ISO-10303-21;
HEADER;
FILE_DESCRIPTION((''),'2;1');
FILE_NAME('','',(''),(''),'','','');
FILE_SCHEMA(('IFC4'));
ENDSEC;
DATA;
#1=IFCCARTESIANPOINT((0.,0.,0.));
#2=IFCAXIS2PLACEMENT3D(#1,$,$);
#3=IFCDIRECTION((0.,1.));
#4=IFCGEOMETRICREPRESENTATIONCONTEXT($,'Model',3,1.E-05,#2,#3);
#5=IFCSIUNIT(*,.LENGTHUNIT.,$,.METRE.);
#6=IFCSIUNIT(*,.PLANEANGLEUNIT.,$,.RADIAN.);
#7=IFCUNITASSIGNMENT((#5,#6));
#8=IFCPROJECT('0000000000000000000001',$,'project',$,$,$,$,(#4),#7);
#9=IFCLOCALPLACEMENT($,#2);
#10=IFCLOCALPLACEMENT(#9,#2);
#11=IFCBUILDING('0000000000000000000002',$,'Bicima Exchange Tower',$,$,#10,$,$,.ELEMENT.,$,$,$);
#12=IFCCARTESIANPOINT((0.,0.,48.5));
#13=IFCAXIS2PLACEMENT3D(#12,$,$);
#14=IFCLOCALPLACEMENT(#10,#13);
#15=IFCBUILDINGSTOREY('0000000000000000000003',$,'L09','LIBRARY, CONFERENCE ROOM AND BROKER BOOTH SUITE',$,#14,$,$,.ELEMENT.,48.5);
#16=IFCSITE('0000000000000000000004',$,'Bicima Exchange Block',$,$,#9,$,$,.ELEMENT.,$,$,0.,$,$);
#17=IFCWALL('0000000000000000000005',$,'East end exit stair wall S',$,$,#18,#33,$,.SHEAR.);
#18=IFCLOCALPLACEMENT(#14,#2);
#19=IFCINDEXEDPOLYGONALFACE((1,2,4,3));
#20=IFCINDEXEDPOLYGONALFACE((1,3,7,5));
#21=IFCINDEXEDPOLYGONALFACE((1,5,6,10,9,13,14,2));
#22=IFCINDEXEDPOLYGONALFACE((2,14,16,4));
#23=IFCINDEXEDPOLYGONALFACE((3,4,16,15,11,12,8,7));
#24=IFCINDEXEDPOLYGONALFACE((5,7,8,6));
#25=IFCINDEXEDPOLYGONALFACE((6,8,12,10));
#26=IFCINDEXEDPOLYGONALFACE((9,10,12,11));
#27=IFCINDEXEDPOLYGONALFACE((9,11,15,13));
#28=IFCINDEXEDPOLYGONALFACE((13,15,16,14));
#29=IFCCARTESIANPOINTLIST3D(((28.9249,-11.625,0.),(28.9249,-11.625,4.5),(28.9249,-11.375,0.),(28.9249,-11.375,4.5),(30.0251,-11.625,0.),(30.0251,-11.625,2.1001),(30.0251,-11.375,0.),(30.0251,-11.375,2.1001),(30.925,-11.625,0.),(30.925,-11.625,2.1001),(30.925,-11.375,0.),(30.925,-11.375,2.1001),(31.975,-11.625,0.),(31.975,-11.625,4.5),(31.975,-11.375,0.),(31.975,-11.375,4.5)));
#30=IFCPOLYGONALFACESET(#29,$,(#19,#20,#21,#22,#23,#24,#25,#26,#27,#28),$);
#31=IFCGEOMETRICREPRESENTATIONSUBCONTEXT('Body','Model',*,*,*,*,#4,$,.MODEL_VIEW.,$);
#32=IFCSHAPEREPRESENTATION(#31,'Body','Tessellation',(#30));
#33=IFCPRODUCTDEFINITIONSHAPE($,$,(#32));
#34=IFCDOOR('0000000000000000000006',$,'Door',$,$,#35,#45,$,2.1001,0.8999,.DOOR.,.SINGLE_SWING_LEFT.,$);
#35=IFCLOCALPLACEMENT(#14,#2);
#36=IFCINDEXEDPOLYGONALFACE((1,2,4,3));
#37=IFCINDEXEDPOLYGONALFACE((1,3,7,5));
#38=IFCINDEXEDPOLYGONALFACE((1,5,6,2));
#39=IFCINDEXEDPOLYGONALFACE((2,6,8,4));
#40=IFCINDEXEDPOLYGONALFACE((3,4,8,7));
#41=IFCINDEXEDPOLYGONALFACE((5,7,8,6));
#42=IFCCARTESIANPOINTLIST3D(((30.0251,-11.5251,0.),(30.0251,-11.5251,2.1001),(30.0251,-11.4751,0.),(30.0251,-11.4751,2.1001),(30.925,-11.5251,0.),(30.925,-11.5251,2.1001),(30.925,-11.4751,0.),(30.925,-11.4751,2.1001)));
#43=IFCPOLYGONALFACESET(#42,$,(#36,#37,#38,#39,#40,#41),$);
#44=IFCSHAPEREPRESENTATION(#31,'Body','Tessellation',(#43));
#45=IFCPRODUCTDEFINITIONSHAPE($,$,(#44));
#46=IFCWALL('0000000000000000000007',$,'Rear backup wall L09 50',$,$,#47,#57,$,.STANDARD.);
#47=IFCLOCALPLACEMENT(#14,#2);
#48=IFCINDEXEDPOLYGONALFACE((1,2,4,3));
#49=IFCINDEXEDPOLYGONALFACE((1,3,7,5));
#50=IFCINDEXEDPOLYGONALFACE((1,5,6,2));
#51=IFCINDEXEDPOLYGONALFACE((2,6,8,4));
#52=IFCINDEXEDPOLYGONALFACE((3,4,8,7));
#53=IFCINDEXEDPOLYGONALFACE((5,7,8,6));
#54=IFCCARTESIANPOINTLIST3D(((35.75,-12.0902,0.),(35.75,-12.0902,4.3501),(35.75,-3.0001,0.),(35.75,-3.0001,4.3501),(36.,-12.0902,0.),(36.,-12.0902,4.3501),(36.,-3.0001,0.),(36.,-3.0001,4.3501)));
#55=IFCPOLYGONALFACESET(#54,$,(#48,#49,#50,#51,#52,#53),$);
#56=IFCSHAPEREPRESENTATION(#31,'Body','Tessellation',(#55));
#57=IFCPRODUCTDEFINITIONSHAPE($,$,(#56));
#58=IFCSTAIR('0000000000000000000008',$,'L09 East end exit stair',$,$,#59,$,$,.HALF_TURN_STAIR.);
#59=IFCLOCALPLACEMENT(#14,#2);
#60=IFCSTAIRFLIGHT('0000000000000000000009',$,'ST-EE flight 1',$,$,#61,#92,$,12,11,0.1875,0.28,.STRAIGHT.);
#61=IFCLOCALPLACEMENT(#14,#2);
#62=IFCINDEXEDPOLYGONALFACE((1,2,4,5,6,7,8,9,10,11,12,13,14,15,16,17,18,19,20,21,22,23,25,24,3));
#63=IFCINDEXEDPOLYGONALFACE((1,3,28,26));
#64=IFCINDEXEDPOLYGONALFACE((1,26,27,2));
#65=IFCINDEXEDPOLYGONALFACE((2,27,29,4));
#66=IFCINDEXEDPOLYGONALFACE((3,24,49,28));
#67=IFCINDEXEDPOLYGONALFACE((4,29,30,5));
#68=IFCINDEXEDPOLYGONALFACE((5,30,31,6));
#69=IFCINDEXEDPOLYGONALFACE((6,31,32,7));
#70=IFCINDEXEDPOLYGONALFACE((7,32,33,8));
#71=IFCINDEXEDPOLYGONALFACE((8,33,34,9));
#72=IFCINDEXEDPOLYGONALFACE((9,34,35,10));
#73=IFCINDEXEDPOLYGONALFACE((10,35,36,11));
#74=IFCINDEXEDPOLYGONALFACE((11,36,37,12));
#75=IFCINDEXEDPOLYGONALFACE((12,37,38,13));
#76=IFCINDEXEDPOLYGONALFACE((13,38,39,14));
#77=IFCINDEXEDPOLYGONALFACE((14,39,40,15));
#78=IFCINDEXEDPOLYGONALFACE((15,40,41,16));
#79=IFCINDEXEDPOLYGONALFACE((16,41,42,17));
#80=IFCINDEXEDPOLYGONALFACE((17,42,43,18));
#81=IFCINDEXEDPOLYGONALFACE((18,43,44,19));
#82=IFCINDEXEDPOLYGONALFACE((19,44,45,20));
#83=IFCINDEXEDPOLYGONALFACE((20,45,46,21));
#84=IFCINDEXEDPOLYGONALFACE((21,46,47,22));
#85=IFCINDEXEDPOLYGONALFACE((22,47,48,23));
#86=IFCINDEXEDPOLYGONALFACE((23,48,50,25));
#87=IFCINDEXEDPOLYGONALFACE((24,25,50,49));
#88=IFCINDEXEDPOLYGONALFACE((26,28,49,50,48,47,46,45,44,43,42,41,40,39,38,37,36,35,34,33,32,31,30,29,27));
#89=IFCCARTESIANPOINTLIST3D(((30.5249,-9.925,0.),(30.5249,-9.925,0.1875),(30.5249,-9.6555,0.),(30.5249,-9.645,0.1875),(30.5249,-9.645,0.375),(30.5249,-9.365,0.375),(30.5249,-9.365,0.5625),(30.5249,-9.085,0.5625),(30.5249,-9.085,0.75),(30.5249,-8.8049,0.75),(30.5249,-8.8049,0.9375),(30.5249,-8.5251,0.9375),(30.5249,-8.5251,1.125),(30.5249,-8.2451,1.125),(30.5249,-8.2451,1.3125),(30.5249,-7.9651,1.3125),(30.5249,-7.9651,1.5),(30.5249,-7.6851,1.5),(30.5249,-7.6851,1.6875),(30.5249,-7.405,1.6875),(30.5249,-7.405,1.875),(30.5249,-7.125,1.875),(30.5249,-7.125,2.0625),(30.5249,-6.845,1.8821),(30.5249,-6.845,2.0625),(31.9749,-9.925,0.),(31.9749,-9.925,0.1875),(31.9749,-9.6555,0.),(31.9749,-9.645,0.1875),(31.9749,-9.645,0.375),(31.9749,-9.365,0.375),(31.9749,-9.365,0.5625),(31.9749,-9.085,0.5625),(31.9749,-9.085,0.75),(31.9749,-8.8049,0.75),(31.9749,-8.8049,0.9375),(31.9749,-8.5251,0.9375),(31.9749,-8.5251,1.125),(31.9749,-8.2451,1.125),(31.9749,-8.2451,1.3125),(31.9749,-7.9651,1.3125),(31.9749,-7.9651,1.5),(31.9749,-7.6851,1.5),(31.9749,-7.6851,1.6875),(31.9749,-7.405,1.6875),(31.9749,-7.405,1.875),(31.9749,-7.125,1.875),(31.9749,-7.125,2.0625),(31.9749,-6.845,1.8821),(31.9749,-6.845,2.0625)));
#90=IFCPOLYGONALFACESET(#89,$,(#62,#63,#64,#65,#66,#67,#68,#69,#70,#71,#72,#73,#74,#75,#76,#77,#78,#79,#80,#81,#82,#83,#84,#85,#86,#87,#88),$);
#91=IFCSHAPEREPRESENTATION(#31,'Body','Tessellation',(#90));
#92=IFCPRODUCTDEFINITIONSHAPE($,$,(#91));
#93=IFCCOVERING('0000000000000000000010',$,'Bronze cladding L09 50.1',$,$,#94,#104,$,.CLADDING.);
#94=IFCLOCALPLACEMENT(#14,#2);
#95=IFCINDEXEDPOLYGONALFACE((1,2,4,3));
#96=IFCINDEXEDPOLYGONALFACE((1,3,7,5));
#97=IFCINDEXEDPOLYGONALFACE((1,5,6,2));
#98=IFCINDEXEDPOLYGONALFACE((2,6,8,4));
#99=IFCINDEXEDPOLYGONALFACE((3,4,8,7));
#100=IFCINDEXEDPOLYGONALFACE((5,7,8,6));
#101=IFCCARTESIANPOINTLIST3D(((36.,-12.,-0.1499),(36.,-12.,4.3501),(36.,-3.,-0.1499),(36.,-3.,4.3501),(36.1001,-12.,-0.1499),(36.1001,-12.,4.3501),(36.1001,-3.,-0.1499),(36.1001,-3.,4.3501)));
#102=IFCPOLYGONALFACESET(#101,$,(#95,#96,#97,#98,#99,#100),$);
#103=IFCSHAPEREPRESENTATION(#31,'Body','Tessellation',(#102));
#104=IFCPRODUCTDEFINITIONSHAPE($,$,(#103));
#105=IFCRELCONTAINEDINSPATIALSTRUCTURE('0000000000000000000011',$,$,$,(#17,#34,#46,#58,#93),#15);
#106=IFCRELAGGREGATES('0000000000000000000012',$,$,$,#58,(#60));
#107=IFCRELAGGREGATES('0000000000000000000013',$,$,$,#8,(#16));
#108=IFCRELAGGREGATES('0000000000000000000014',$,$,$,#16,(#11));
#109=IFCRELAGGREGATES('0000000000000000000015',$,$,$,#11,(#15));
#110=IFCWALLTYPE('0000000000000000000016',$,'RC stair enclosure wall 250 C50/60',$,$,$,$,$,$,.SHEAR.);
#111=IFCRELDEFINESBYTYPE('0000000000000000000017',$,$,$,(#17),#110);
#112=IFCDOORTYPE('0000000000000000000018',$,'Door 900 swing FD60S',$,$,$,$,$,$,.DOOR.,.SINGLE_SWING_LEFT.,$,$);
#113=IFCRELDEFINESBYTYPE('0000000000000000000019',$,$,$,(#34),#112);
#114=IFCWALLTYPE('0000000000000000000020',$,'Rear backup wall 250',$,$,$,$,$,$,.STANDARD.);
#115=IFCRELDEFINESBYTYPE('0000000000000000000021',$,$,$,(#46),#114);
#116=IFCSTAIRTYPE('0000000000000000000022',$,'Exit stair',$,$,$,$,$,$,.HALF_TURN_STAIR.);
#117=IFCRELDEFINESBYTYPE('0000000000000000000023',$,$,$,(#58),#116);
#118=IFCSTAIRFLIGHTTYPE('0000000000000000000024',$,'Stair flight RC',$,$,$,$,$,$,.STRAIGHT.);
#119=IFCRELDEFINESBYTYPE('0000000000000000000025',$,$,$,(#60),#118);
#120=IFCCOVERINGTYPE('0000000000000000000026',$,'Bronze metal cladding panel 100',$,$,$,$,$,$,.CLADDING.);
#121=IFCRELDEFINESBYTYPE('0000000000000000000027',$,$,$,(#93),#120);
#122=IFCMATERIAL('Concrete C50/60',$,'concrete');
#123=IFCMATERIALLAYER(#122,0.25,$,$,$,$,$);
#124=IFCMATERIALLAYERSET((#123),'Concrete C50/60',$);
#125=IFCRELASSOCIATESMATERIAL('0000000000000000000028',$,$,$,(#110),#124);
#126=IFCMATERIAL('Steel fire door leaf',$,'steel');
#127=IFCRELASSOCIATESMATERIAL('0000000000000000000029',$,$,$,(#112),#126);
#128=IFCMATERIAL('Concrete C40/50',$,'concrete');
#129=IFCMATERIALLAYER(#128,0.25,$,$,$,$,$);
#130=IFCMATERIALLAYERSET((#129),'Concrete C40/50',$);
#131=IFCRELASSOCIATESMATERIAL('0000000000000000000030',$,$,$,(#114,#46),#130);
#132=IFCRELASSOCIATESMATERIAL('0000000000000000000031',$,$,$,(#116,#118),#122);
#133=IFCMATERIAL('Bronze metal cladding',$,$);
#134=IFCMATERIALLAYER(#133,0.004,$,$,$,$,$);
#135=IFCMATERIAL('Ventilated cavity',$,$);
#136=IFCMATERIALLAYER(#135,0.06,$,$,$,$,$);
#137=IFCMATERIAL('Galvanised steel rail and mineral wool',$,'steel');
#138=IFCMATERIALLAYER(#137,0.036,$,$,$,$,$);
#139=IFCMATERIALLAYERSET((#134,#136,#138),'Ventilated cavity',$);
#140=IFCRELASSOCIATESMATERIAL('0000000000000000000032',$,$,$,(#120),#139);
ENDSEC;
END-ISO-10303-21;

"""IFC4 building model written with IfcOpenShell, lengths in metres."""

from ifc_helpers import new_model, si_unit, direction, frame, frame_2d, origin, origin_2d, place, context, subcontext, project, spatial, polyline, rectangle, outline, extrude, material, layer, layer_set, layer_usage, type_object, element, fill, aggregate, save


model = new_model("IFC4")

# Units and contexts
model_context = context("Model", 3, precision=1e-05, world=origin(), true_north=direction((0.0, 1.0)))
body_context = subcontext(model_context, "Body", "Model", "MODEL_VIEW")
ifc_project = project(units=[si_unit("LENGTHUNIT", "METRE"), si_unit("PLANEANGLEUNIT", "RADIAN")], contexts=[model_context])

# Site, building, storey
site_placement = place(None, origin())
site = spatial("IfcSite", under=ifc_project, at=site_placement, Name="Bicima Exchange Block", CompositionType="ELEMENT", RefElevation=0.0)
building_placement = place(site_placement, origin())
building = spatial("IfcBuilding", under=site, at=building_placement, Name="Bicima Exchange Tower", CompositionType="ELEMENT")
storey_placement = place(building_placement, frame((0.0, 0.0, 48.5)))
storey = spatial("IfcBuildingStorey", under=building, at=storey_placement, Name="L09", Description="LIBRARY, CONFERENCE ROOM AND BROKER BOOTH SUITE", CompositionType="ELEMENT", Elevation=48.5)

# Shared definitions
ifc_material_1 = material(Name="Steel fire door leaf", Category="steel")

# Shared definitions
ifc_material_2 = material(Name="Concrete C50/60", Category="concrete")
ifc_layer_1 = layer(ifc_material_2, 0.25)
ifc_layer_set_1 = layer_set([ifc_layer_1], Name="Concrete C50/60")
wall_type_1 = type_object("IfcWallType", Name="RC stair enclosure wall 250 C50/60", PredefinedType="SHEAR", material=ifc_layer_set_1)

# Wall, opening, door
wall_1_placement = place(storey_placement, frame((28.925, -11.5, 0.0), z_axis=(0.0, 0.0, 1.0), x_axis=(1.0, 0.0, 0.0)))
wall_1 = element("IfcWall", 1, at=wall_1_placement, inside=storey, type_object=wall_type_1, Name="East end exit stair wall S", PredefinedType="SHEAR", context=body_context, shape_type="SweptSolid", body=[
    extrude(rectangle(XDim=3.05, YDim=0.25, at=frame_2d((1.5249, 0.0))), origin(), (0.0, 0.0, 1.0), 4.5),
])
opening_1_placement = place(wall_1_placement, frame((1.1001, 0.0, 0.0)))
opening_1 = element("IfcOpeningElement", 2, at=opening_1_placement, cuts=wall_1, PredefinedType="OPENING", context=body_context, shape_type="SweptSolid", body=[
    extrude(rectangle(XDim=0.8999, YDim=2.1001, at=frame_2d((0.45, 1.05))), frame((0.0, 0.137, 0.0), z_axis=(0.0, -1.0, 0.0), x_axis=(1.0, 0.0, 0.0)), (0.0, 0.0, 1.0), 0.2739),
])
door_type_1 = type_object("IfcDoorType", Name="Door 900 swing FD60S", OperationType="SINGLE_SWING_LEFT", PredefinedType="DOOR", material=ifc_material_1)
door_1_placement = place(opening_1_placement, origin())
door_1 = element("IfcDoor", 3, at=door_1_placement, inside=storey, type_object=door_type_1, Name="Door", OperationType="SINGLE_SWING_LEFT", OverallHeight=2.1001, OverallWidth=0.8999, PredefinedType="DOOR", context=body_context, shape_type="SweptSolid", body=[
    extrude(rectangle(XDim=0.8999, YDim=2.1001, at=frame_2d((0.45, 1.05))), frame((0.0, 0.0249, 0.0), z_axis=(0.0, -1.0, 0.0), x_axis=(1.0, 0.0, 0.0)), (0.0, 0.0, 1.0), 0.05),
])
fill(opening_1, door_1)

# Wall
ifc_material_3 = material(Name="Concrete C40/50", Category="concrete")
ifc_layer_2 = layer(ifc_material_3, 0.25)
ifc_layer_set_2 = layer_set([ifc_layer_2], Name="Concrete C40/50")
ifc_layer_usage = layer_usage(ifc_layer_set_2, "AXIS2", "POSITIVE", -0.125)
wall_type_2 = type_object("IfcWallType", Name="Rear backup wall 250", PredefinedType="STANDARD", material=ifc_layer_set_2)
wall_2_placement = place(storey_placement, frame((35.875, -12.0901, 0.0), z_axis=(0.0, 0.0, 1.0), x_axis=(0.0, 1.0, 0.0)))
element("IfcWall", 4, at=wall_2_placement, inside=storey, type_object=wall_type_2, material=ifc_layer_usage, Name="Rear backup wall L09 50", PredefinedType="STANDARD", context=body_context, shape_type="SweptSolid", body=[
    extrude(rectangle(XDim=9.0901, YDim=0.25, at=frame_2d((4.5449, 0.0))), origin(), (0.0, 0.0, 1.0), 4.3501),
])

# Stair, stair flight
stair_type = type_object("IfcStairType", Name="Exit stair", PredefinedType="HALF_TURN_STAIR", material=ifc_material_2)
stair_placement = place(storey_placement, origin())
stair = element("IfcStair", 5, at=stair_placement, inside=storey, type_object=stair_type, Name="L09 East end exit stair", PredefinedType="HALF_TURN_STAIR")
stair_flight_type = type_object("IfcStairFlightType", Name="Stair flight RC", PredefinedType="STRAIGHT", material=ifc_material_2)
stair_flight_placement = place(storey_placement, frame((31.25, -9.925, 0.0), z_axis=(0.0, 0.0, 1.0), x_axis=(0.0, 1.0, 0.0)))
stair_flight = element("IfcStairFlight", 6, at=stair_flight_placement, type_object=stair_flight_type, Name="ST-EE flight 1", NumberOfRisers=12, NumberOfTreads=11, PredefinedType="STRAIGHT", RiserHeight=0.1875, TreadLength=0.28, context=body_context, shape_type="SweptSolid", body=[
    extrude(outline(polyline([(0.0, 0.0), (0.0, 0.1875), (0.28, 0.1875), (0.28, 0.375), (0.5601, 0.375), (0.5601, 0.5625), (0.8401, 0.5625), (0.8401, 0.75), (1.1201, 0.75), (1.1201, 0.9375), (1.3999, 0.9375), (1.3999, 1.125), (1.6799, 1.125), (1.6799, 1.3125), (1.96, 1.3125), (1.96, 1.5), (2.24, 1.5), (2.24, 1.6875), (2.52, 1.6875), (2.52, 1.875), (2.8, 1.875), (2.8, 2.0625), (3.0801, 2.0625), (3.0801, 2.25), (3.0801, 1.8821), (0.2695, 0.0), (0.0, 0.0)])), frame((0.0, 0.7251, 0.0), z_axis=(0.0, -1.0, 0.0), x_axis=(1.0, 0.0, 0.0)), (0.0, 0.0, 1.0), 1.45),
])
aggregate(stair, [stair_flight])

# Covering
ifc_material_4 = material(Name="Bronze metal cladding")
ifc_layer_3 = layer(ifc_material_4, 0.004)
ifc_material_5 = material(Name="Ventilated cavity")
ifc_layer_4 = layer(ifc_material_5, 0.06)
ifc_material_6 = material(Name="Galvanised steel rail and mineral wool", Category="steel")
ifc_layer_5 = layer(ifc_material_6, 0.036)
ifc_layer_set_3 = layer_set([ifc_layer_3, ifc_layer_4, ifc_layer_5], Name="Ventilated cavity")
covering_type = type_object("IfcCoveringType", Name="Bronze metal cladding panel 100", PredefinedType="CLADDING", material=ifc_layer_set_3)
covering_placement = place(storey_placement, frame((36.05, -7.5, -0.1499), z_axis=(0.0, 0.0, 1.0), x_axis=(0.0, 1.0, 0.0)))
element("IfcCovering", 7, at=covering_placement, inside=storey, type_object=covering_type, Name="Bronze cladding L09 50.1", PredefinedType="CLADDING", context=body_context, shape_type="SweptSolid", body=[
    extrude(rectangle(XDim=9.0, YDim=0.1001, at=origin_2d()), origin(), (0.0, 0.0, 1.0), 4.5),
])

save(model, "model.ifc")
